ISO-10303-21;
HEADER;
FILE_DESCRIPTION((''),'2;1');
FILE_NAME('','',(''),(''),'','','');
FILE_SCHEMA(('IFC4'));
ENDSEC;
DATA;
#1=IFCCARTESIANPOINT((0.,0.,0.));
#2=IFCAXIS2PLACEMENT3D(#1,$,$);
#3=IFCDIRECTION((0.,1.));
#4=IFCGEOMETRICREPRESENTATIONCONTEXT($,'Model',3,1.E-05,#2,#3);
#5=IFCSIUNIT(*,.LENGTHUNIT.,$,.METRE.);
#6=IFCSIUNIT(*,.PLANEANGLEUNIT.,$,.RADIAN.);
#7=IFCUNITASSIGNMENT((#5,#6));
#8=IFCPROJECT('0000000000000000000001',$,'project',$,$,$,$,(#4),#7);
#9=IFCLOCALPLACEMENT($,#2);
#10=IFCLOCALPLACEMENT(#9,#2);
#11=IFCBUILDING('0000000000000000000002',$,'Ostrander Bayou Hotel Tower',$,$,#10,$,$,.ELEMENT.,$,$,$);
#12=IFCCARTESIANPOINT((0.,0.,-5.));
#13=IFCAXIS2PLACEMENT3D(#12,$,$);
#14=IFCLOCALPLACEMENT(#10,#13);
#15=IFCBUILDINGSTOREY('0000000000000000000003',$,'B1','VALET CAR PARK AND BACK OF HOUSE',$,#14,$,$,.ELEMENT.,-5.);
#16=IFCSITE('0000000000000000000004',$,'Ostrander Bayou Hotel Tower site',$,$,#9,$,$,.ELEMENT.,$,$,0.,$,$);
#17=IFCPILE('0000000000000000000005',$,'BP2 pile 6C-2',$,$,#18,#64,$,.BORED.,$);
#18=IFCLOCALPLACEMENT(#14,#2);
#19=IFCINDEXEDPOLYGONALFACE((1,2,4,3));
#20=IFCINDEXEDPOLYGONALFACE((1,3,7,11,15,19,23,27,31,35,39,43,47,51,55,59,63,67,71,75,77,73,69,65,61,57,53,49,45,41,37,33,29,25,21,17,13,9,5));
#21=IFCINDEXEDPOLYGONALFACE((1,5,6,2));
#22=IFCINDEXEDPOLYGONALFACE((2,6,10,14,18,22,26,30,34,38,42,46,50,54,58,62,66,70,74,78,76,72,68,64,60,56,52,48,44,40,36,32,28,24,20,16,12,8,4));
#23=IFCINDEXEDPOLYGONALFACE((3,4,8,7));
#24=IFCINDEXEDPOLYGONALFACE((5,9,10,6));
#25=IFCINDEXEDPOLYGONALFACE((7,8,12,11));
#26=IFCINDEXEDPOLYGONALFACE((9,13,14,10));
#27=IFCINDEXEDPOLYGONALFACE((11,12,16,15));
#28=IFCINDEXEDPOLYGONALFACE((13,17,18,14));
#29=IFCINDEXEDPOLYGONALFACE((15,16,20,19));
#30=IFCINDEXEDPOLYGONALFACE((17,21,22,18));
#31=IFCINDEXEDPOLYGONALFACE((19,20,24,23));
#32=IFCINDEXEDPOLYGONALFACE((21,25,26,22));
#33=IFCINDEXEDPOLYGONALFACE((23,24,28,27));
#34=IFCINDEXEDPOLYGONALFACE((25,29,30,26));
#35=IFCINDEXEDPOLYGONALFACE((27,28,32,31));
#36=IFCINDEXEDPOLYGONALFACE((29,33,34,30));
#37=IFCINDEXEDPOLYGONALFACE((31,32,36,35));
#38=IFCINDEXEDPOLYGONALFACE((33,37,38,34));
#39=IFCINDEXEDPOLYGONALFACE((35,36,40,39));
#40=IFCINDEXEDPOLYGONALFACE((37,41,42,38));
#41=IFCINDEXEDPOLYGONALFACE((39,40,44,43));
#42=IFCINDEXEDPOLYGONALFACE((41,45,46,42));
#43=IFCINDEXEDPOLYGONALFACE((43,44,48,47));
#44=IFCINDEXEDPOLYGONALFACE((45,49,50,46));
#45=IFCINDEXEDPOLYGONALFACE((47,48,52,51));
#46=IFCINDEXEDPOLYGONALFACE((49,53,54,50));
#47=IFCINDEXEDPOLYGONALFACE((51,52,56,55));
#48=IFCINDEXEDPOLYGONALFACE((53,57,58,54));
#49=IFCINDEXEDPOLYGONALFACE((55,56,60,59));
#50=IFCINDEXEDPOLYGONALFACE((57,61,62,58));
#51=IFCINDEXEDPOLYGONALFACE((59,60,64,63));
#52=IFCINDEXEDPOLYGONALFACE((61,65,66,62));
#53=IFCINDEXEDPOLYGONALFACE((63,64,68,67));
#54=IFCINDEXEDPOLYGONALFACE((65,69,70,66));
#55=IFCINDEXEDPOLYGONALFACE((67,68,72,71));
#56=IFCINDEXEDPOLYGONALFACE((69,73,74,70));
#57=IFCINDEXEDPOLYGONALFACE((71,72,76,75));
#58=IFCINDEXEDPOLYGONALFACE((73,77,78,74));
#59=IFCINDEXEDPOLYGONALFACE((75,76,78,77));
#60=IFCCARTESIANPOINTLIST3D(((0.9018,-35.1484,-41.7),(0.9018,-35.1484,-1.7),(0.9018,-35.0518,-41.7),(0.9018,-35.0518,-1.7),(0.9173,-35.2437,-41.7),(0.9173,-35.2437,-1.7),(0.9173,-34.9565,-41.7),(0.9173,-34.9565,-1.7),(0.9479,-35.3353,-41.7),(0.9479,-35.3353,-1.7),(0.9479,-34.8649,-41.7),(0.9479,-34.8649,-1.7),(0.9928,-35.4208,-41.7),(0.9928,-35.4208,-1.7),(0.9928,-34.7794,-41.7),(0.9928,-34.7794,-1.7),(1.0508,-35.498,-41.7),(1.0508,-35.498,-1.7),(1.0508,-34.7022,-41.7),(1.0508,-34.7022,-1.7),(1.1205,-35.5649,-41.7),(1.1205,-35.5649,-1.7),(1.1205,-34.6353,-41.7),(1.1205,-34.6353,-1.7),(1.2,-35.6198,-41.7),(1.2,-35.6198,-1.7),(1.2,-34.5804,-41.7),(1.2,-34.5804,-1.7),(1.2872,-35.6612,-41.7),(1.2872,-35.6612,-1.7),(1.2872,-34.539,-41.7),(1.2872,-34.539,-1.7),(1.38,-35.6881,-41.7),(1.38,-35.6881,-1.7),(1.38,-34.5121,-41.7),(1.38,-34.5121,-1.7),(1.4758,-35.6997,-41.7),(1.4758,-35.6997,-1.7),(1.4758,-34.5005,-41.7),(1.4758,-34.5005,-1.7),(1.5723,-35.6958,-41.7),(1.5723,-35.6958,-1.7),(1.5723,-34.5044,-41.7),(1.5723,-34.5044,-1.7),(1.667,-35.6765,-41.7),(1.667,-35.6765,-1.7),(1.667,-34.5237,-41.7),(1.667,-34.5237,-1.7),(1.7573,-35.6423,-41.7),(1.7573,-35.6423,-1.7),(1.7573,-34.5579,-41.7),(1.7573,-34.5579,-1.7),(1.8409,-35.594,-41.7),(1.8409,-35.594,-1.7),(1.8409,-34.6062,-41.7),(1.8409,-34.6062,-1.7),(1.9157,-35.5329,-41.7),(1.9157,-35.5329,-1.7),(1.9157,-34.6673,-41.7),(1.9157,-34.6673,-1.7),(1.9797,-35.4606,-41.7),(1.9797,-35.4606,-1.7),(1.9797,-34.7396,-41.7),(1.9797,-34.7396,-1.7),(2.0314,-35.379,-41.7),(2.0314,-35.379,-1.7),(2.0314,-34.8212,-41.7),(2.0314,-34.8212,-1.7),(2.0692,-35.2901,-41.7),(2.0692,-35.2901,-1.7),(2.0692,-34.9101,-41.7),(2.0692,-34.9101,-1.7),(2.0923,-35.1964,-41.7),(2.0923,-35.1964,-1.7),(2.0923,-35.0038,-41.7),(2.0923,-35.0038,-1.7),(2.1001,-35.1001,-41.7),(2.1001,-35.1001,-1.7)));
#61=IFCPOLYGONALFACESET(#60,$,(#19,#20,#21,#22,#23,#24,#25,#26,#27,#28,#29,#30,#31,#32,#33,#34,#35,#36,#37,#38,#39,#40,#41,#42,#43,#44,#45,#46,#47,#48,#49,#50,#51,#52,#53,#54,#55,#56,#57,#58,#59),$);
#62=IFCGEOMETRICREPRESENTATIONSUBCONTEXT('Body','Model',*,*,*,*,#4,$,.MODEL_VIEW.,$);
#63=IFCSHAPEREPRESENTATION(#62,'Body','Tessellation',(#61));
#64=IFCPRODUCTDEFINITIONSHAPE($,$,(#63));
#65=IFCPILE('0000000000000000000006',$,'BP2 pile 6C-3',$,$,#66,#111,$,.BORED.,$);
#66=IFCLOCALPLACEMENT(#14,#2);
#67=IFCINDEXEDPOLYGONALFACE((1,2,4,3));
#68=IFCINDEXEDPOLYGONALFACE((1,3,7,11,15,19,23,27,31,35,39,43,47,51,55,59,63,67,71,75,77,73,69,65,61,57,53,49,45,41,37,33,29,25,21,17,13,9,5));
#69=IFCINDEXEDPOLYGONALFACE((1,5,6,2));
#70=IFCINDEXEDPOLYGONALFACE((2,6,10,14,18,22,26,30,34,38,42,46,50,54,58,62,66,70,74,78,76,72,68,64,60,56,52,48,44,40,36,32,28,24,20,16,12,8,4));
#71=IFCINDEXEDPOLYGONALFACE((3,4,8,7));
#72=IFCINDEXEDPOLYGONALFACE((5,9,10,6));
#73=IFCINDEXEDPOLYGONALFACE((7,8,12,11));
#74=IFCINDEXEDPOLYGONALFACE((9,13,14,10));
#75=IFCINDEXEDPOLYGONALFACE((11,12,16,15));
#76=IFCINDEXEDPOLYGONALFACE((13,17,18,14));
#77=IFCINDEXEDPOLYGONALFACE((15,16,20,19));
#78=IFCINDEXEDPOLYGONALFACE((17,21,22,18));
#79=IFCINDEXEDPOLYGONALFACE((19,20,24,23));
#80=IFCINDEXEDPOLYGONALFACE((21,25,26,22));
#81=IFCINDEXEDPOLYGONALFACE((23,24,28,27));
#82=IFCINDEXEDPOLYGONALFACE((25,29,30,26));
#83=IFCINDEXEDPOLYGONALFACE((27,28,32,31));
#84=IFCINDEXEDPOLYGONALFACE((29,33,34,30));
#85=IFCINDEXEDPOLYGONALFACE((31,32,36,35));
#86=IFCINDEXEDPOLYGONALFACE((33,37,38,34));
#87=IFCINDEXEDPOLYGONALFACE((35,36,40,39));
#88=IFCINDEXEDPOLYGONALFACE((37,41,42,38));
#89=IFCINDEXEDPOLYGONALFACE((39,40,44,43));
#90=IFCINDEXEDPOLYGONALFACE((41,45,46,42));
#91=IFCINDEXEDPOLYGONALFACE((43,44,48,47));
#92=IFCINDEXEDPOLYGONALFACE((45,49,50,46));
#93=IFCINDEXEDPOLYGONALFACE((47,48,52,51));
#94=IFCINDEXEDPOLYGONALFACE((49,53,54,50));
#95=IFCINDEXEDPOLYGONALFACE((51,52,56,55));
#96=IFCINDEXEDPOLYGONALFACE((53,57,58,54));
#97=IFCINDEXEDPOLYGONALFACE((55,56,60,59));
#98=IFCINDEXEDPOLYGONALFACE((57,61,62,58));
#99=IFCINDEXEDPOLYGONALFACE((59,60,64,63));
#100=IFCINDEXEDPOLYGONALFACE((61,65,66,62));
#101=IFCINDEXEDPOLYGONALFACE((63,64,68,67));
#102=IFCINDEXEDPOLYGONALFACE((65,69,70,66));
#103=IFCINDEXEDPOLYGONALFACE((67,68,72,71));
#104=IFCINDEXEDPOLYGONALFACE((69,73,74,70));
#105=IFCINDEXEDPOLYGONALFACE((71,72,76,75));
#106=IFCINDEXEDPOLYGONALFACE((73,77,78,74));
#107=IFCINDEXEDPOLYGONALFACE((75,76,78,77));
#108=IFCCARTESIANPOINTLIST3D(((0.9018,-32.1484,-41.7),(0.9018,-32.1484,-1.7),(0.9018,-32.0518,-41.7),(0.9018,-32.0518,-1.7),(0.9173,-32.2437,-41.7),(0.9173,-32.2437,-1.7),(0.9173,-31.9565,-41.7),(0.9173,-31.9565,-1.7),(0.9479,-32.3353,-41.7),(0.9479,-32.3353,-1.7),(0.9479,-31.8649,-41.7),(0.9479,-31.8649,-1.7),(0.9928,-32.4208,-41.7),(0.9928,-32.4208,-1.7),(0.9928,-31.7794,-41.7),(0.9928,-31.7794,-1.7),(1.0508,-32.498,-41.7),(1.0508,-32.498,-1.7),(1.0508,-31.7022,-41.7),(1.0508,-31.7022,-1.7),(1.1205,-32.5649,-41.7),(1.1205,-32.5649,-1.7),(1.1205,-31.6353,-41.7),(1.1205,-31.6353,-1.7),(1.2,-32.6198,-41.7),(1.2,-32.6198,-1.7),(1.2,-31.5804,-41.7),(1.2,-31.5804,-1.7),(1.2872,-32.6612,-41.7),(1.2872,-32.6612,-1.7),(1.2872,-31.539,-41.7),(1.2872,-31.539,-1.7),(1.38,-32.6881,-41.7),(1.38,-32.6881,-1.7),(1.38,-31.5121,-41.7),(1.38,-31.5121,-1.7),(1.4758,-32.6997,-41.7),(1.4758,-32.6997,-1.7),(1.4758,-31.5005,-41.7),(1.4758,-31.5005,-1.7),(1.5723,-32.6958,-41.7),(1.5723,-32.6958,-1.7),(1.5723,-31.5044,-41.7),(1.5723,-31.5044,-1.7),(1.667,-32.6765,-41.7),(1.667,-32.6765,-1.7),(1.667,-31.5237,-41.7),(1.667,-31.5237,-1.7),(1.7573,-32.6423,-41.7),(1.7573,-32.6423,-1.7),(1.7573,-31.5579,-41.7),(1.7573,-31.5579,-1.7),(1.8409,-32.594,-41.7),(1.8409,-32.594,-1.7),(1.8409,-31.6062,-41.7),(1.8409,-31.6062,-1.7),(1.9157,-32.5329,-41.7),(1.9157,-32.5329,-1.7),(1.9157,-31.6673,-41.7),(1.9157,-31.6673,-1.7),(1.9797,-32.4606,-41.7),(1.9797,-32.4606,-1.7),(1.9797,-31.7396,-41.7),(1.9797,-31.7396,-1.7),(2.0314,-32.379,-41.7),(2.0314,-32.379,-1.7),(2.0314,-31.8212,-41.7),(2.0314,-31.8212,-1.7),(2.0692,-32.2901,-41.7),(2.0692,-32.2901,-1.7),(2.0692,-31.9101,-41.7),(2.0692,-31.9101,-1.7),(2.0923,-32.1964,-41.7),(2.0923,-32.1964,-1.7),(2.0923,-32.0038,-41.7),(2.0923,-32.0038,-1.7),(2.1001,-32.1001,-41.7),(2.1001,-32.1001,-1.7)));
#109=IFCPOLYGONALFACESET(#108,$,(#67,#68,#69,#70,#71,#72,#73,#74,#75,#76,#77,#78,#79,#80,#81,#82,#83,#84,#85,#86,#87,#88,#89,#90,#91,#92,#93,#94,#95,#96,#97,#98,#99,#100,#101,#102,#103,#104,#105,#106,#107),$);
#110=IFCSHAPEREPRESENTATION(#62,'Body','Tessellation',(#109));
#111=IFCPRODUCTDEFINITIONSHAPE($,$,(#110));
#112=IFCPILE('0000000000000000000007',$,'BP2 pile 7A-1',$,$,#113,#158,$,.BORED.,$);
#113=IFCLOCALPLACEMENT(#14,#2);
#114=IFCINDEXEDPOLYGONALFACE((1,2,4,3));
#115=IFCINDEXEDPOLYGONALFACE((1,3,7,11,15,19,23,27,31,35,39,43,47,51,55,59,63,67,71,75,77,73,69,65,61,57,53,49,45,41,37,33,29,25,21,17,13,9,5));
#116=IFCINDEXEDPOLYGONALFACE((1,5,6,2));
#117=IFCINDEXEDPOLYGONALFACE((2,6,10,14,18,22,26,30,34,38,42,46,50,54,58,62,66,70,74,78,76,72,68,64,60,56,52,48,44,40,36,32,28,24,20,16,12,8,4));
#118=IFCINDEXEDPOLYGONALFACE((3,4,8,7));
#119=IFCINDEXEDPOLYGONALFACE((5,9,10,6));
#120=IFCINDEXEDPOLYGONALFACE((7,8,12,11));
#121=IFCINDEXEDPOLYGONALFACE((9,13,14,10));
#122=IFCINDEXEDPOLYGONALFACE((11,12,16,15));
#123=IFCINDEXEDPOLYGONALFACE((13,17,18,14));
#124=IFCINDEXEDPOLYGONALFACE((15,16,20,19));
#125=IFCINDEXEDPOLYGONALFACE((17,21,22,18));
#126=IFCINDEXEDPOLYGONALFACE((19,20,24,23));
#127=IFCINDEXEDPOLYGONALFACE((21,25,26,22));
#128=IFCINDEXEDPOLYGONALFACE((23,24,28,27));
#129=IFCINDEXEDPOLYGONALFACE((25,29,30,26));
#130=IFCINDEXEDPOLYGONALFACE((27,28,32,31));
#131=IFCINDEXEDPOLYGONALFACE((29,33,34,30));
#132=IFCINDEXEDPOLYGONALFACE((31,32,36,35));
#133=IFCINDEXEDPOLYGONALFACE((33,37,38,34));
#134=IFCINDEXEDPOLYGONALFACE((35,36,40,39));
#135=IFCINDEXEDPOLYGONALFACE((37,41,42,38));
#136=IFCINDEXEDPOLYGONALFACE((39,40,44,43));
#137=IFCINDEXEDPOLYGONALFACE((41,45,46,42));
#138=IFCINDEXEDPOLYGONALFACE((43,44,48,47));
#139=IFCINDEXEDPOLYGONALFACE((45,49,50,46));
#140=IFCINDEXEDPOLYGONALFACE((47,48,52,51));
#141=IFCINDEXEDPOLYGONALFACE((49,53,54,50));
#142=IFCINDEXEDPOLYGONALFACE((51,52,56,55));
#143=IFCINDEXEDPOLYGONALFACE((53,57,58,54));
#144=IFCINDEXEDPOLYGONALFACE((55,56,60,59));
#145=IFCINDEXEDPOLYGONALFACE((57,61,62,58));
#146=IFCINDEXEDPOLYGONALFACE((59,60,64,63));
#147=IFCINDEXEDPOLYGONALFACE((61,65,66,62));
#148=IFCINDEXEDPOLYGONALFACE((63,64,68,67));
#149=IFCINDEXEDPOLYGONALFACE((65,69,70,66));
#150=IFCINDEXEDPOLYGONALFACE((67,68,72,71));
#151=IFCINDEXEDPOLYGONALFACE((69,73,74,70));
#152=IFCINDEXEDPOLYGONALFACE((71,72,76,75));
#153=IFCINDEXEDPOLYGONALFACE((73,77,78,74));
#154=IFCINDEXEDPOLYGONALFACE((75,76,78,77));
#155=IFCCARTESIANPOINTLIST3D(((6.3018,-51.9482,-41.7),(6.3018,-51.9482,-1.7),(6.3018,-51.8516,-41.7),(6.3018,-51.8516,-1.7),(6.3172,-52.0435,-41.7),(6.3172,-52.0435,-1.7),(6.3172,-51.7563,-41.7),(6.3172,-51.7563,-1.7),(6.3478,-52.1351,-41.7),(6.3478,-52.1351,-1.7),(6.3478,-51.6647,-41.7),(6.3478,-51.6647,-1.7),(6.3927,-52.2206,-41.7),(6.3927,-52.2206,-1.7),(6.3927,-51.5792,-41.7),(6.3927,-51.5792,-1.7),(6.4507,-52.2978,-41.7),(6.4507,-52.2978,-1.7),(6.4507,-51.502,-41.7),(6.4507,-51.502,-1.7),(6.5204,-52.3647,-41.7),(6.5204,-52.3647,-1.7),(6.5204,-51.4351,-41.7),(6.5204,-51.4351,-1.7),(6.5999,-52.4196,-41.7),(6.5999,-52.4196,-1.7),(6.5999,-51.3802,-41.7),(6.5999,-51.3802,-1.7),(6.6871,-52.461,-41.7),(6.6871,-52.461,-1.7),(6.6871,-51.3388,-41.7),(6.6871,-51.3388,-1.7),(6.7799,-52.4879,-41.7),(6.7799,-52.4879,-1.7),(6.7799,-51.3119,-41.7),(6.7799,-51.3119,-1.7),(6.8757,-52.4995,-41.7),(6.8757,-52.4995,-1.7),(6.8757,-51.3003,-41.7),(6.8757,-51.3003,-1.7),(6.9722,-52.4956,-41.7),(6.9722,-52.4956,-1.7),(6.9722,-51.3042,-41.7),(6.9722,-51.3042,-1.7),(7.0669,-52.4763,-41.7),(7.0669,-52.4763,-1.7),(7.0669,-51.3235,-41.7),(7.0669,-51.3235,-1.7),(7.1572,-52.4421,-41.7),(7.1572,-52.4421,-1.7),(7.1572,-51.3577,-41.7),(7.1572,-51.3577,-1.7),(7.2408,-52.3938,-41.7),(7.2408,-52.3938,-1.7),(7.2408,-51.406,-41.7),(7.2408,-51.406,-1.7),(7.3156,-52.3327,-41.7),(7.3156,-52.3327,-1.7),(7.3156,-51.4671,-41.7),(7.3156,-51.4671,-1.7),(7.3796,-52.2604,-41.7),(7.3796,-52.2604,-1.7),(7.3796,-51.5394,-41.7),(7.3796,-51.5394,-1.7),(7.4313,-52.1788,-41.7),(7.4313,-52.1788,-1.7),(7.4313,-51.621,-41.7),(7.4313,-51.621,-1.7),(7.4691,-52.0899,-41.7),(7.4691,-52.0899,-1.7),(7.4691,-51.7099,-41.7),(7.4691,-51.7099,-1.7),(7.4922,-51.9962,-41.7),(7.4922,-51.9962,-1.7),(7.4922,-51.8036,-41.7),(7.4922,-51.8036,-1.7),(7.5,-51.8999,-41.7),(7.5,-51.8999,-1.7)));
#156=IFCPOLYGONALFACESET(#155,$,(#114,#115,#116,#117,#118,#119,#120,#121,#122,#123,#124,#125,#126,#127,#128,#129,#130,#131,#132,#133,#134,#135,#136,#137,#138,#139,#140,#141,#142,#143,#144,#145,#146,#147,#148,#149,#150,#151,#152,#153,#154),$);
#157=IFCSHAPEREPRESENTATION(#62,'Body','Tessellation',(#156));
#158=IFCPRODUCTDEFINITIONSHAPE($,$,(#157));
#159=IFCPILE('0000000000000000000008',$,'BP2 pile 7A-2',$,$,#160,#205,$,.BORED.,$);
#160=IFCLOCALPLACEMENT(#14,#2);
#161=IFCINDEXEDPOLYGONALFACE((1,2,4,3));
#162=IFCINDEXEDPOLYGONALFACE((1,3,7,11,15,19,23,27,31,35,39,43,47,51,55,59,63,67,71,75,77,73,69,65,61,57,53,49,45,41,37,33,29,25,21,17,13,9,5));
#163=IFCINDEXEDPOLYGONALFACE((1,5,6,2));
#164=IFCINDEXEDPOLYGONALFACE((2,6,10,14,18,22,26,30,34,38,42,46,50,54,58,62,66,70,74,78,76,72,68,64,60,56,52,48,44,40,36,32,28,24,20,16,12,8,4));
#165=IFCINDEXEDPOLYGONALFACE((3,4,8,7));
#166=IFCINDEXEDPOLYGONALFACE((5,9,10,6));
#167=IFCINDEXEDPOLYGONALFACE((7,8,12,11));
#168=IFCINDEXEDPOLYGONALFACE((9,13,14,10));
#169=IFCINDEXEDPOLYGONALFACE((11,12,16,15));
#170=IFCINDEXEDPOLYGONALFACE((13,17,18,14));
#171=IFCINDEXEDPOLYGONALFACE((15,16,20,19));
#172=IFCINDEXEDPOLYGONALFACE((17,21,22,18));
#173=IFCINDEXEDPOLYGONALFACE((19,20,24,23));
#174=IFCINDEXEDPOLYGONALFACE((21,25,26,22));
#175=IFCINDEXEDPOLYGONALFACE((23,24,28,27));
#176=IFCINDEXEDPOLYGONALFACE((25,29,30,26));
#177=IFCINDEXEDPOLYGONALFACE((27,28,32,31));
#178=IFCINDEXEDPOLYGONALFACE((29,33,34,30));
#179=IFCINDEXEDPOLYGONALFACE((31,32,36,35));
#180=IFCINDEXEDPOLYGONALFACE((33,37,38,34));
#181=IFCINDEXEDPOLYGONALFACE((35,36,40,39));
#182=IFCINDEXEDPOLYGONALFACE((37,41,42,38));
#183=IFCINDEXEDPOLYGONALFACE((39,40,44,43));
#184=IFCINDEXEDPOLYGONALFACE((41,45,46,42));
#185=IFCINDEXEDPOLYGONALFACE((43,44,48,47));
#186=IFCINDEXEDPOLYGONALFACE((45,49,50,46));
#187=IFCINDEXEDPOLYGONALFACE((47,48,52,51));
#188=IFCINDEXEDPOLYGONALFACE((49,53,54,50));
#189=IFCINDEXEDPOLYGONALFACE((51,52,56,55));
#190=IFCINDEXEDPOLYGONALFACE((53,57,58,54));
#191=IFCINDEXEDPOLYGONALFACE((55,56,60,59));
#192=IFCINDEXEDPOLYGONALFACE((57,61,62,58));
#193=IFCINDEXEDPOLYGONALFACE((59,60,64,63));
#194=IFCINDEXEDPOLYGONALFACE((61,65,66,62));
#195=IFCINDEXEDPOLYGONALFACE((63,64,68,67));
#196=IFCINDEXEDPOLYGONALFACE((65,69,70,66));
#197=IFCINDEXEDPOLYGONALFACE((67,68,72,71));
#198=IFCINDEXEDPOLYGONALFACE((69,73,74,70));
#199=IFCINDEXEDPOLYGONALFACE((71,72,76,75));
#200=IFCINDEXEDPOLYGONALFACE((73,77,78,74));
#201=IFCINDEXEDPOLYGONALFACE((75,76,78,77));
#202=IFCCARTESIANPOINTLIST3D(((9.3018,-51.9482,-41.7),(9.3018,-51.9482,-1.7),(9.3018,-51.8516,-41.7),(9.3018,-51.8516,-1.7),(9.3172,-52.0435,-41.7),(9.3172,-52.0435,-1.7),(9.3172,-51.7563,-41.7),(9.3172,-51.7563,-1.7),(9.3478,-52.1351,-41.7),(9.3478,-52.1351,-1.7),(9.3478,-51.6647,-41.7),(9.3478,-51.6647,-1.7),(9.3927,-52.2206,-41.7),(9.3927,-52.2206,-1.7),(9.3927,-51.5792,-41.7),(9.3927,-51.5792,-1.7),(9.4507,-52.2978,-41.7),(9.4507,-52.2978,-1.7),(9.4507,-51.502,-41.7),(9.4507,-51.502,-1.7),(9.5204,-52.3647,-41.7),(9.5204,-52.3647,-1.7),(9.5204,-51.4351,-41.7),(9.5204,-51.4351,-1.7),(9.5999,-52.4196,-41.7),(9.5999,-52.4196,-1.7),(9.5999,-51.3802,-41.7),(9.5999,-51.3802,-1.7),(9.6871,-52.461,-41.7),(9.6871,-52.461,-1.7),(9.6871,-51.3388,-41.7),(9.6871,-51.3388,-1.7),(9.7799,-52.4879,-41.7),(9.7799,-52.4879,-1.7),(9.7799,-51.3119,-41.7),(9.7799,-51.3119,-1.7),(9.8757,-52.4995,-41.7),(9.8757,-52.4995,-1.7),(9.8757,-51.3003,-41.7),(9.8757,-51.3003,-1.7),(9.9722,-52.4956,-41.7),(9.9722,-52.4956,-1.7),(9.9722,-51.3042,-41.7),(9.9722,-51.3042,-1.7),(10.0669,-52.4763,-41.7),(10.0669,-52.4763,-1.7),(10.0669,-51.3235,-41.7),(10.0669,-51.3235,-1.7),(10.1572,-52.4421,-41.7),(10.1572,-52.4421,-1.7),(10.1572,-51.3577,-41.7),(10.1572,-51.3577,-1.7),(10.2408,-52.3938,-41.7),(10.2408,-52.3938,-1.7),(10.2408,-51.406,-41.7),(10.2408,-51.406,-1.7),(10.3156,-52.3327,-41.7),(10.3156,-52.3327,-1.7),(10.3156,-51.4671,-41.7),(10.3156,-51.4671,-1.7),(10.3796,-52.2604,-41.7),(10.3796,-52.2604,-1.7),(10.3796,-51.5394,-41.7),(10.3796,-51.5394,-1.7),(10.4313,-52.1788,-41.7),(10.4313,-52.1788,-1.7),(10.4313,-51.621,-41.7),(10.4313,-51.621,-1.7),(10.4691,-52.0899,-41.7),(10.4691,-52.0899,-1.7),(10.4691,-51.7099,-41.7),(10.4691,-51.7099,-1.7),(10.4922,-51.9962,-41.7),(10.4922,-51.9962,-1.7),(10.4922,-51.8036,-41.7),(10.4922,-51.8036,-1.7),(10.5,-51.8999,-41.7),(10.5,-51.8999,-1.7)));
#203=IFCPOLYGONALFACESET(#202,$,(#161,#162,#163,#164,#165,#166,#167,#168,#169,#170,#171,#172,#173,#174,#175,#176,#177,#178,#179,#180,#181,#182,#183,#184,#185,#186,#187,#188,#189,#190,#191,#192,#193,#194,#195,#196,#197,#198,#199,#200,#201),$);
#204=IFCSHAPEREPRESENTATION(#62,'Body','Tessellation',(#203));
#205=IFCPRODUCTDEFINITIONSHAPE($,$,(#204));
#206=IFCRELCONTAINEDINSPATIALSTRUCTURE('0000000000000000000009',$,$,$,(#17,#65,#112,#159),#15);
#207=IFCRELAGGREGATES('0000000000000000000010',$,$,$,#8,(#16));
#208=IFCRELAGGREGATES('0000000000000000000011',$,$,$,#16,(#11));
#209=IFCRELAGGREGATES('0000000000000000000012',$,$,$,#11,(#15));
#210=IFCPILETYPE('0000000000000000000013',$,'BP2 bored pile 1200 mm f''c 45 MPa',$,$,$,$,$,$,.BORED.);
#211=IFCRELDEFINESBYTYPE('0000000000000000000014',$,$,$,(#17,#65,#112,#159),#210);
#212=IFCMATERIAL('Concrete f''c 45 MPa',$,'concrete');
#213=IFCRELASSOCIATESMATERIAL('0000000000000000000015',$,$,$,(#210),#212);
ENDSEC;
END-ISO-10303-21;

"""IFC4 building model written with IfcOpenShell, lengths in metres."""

from ifc_helpers import new_model, si_unit, direction, frame, origin, origin_2d, place, context, subcontext, project, spatial, circle, extrude, material, material_profile, profile_set, type_object, element, save


model = new_model("IFC4")

# Units and contexts
model_context = context("Model", 3, precision=1e-05, world=origin(), true_north=direction((0.0, 1.0)))
body_context = subcontext(model_context, "Body", "Model", "MODEL_VIEW")
ifc_project = project(units=[si_unit("LENGTHUNIT", "METRE"), si_unit("PLANEANGLEUNIT", "RADIAN")], contexts=[model_context])

# Site, building, storey
site_placement = place(None, origin())
site = spatial("IfcSite", under=ifc_project, at=site_placement, Name="Ostrander Bayou Hotel Tower site", CompositionType="ELEMENT", RefElevation=0.0)
building_placement = place(site_placement, origin())
building = spatial("IfcBuilding", under=site, at=building_placement, Name="Ostrander Bayou Hotel Tower", CompositionType="ELEMENT")
storey_placement = place(building_placement, frame((0.0, 0.0, -5.0)))
storey = spatial("IfcBuildingStorey", under=building, at=storey_placement, Name="B1", Description="VALET CAR PARK AND BACK OF HOUSE", CompositionType="ELEMENT", Elevation=-5.0)

# Piles
ifc_material_1 = material(Name="Concrete f'c 45 MPa", Category="concrete")
ifc_material_profile_1 = material_profile(ifc_material_1, circle(Radius=0.6001, at=origin_2d()))
ifc_profile_set_1 = profile_set([ifc_material_profile_1], Name="Concrete f'c 45 MPa")
pile_type_1 = type_object("IfcPileType", Name="BP2 bored pile 1200 mm f'c 45 MPa", PredefinedType="BORED", material=ifc_profile_set_1)
for number, where, z_axis, x_axis, name in (
    (1, (1.5, -35.1001, -1.7), (0.0, 0.0, -1.0), (1.0, 0.0, 0.0), "BP2 pile 6C-2"),
    (2, (1.5, -32.1001, -1.7), (0.0, 0.0, -1.0), (1.0, 0.0, 0.0), "BP2 pile 6C-3"),
    (3, (6.8999, -51.8999, -1.7), (0.0, 0.0, -1.0), (1.0, 0.0, 0.0), "BP2 pile 7A-1"),
    (4, (9.8999, -51.8999, -1.7), (0.0, 0.0, -1.0), (1.0, 0.0, 0.0), "BP2 pile 7A-2"),
):
    element("IfcPile", number, at=place(storey_placement, frame(where, z_axis=z_axis, x_axis=x_axis)), inside=storey, type_object=pile_type_1, Name=name, PredefinedType="BORED", context=body_context, shape_type="SweptSolid", body=[
        extrude(circle(Radius=0.6001, at=origin_2d()), origin(), (0.0, 0.0, 1.0), 40.0),
    ])

save(model, "model.ifc")
